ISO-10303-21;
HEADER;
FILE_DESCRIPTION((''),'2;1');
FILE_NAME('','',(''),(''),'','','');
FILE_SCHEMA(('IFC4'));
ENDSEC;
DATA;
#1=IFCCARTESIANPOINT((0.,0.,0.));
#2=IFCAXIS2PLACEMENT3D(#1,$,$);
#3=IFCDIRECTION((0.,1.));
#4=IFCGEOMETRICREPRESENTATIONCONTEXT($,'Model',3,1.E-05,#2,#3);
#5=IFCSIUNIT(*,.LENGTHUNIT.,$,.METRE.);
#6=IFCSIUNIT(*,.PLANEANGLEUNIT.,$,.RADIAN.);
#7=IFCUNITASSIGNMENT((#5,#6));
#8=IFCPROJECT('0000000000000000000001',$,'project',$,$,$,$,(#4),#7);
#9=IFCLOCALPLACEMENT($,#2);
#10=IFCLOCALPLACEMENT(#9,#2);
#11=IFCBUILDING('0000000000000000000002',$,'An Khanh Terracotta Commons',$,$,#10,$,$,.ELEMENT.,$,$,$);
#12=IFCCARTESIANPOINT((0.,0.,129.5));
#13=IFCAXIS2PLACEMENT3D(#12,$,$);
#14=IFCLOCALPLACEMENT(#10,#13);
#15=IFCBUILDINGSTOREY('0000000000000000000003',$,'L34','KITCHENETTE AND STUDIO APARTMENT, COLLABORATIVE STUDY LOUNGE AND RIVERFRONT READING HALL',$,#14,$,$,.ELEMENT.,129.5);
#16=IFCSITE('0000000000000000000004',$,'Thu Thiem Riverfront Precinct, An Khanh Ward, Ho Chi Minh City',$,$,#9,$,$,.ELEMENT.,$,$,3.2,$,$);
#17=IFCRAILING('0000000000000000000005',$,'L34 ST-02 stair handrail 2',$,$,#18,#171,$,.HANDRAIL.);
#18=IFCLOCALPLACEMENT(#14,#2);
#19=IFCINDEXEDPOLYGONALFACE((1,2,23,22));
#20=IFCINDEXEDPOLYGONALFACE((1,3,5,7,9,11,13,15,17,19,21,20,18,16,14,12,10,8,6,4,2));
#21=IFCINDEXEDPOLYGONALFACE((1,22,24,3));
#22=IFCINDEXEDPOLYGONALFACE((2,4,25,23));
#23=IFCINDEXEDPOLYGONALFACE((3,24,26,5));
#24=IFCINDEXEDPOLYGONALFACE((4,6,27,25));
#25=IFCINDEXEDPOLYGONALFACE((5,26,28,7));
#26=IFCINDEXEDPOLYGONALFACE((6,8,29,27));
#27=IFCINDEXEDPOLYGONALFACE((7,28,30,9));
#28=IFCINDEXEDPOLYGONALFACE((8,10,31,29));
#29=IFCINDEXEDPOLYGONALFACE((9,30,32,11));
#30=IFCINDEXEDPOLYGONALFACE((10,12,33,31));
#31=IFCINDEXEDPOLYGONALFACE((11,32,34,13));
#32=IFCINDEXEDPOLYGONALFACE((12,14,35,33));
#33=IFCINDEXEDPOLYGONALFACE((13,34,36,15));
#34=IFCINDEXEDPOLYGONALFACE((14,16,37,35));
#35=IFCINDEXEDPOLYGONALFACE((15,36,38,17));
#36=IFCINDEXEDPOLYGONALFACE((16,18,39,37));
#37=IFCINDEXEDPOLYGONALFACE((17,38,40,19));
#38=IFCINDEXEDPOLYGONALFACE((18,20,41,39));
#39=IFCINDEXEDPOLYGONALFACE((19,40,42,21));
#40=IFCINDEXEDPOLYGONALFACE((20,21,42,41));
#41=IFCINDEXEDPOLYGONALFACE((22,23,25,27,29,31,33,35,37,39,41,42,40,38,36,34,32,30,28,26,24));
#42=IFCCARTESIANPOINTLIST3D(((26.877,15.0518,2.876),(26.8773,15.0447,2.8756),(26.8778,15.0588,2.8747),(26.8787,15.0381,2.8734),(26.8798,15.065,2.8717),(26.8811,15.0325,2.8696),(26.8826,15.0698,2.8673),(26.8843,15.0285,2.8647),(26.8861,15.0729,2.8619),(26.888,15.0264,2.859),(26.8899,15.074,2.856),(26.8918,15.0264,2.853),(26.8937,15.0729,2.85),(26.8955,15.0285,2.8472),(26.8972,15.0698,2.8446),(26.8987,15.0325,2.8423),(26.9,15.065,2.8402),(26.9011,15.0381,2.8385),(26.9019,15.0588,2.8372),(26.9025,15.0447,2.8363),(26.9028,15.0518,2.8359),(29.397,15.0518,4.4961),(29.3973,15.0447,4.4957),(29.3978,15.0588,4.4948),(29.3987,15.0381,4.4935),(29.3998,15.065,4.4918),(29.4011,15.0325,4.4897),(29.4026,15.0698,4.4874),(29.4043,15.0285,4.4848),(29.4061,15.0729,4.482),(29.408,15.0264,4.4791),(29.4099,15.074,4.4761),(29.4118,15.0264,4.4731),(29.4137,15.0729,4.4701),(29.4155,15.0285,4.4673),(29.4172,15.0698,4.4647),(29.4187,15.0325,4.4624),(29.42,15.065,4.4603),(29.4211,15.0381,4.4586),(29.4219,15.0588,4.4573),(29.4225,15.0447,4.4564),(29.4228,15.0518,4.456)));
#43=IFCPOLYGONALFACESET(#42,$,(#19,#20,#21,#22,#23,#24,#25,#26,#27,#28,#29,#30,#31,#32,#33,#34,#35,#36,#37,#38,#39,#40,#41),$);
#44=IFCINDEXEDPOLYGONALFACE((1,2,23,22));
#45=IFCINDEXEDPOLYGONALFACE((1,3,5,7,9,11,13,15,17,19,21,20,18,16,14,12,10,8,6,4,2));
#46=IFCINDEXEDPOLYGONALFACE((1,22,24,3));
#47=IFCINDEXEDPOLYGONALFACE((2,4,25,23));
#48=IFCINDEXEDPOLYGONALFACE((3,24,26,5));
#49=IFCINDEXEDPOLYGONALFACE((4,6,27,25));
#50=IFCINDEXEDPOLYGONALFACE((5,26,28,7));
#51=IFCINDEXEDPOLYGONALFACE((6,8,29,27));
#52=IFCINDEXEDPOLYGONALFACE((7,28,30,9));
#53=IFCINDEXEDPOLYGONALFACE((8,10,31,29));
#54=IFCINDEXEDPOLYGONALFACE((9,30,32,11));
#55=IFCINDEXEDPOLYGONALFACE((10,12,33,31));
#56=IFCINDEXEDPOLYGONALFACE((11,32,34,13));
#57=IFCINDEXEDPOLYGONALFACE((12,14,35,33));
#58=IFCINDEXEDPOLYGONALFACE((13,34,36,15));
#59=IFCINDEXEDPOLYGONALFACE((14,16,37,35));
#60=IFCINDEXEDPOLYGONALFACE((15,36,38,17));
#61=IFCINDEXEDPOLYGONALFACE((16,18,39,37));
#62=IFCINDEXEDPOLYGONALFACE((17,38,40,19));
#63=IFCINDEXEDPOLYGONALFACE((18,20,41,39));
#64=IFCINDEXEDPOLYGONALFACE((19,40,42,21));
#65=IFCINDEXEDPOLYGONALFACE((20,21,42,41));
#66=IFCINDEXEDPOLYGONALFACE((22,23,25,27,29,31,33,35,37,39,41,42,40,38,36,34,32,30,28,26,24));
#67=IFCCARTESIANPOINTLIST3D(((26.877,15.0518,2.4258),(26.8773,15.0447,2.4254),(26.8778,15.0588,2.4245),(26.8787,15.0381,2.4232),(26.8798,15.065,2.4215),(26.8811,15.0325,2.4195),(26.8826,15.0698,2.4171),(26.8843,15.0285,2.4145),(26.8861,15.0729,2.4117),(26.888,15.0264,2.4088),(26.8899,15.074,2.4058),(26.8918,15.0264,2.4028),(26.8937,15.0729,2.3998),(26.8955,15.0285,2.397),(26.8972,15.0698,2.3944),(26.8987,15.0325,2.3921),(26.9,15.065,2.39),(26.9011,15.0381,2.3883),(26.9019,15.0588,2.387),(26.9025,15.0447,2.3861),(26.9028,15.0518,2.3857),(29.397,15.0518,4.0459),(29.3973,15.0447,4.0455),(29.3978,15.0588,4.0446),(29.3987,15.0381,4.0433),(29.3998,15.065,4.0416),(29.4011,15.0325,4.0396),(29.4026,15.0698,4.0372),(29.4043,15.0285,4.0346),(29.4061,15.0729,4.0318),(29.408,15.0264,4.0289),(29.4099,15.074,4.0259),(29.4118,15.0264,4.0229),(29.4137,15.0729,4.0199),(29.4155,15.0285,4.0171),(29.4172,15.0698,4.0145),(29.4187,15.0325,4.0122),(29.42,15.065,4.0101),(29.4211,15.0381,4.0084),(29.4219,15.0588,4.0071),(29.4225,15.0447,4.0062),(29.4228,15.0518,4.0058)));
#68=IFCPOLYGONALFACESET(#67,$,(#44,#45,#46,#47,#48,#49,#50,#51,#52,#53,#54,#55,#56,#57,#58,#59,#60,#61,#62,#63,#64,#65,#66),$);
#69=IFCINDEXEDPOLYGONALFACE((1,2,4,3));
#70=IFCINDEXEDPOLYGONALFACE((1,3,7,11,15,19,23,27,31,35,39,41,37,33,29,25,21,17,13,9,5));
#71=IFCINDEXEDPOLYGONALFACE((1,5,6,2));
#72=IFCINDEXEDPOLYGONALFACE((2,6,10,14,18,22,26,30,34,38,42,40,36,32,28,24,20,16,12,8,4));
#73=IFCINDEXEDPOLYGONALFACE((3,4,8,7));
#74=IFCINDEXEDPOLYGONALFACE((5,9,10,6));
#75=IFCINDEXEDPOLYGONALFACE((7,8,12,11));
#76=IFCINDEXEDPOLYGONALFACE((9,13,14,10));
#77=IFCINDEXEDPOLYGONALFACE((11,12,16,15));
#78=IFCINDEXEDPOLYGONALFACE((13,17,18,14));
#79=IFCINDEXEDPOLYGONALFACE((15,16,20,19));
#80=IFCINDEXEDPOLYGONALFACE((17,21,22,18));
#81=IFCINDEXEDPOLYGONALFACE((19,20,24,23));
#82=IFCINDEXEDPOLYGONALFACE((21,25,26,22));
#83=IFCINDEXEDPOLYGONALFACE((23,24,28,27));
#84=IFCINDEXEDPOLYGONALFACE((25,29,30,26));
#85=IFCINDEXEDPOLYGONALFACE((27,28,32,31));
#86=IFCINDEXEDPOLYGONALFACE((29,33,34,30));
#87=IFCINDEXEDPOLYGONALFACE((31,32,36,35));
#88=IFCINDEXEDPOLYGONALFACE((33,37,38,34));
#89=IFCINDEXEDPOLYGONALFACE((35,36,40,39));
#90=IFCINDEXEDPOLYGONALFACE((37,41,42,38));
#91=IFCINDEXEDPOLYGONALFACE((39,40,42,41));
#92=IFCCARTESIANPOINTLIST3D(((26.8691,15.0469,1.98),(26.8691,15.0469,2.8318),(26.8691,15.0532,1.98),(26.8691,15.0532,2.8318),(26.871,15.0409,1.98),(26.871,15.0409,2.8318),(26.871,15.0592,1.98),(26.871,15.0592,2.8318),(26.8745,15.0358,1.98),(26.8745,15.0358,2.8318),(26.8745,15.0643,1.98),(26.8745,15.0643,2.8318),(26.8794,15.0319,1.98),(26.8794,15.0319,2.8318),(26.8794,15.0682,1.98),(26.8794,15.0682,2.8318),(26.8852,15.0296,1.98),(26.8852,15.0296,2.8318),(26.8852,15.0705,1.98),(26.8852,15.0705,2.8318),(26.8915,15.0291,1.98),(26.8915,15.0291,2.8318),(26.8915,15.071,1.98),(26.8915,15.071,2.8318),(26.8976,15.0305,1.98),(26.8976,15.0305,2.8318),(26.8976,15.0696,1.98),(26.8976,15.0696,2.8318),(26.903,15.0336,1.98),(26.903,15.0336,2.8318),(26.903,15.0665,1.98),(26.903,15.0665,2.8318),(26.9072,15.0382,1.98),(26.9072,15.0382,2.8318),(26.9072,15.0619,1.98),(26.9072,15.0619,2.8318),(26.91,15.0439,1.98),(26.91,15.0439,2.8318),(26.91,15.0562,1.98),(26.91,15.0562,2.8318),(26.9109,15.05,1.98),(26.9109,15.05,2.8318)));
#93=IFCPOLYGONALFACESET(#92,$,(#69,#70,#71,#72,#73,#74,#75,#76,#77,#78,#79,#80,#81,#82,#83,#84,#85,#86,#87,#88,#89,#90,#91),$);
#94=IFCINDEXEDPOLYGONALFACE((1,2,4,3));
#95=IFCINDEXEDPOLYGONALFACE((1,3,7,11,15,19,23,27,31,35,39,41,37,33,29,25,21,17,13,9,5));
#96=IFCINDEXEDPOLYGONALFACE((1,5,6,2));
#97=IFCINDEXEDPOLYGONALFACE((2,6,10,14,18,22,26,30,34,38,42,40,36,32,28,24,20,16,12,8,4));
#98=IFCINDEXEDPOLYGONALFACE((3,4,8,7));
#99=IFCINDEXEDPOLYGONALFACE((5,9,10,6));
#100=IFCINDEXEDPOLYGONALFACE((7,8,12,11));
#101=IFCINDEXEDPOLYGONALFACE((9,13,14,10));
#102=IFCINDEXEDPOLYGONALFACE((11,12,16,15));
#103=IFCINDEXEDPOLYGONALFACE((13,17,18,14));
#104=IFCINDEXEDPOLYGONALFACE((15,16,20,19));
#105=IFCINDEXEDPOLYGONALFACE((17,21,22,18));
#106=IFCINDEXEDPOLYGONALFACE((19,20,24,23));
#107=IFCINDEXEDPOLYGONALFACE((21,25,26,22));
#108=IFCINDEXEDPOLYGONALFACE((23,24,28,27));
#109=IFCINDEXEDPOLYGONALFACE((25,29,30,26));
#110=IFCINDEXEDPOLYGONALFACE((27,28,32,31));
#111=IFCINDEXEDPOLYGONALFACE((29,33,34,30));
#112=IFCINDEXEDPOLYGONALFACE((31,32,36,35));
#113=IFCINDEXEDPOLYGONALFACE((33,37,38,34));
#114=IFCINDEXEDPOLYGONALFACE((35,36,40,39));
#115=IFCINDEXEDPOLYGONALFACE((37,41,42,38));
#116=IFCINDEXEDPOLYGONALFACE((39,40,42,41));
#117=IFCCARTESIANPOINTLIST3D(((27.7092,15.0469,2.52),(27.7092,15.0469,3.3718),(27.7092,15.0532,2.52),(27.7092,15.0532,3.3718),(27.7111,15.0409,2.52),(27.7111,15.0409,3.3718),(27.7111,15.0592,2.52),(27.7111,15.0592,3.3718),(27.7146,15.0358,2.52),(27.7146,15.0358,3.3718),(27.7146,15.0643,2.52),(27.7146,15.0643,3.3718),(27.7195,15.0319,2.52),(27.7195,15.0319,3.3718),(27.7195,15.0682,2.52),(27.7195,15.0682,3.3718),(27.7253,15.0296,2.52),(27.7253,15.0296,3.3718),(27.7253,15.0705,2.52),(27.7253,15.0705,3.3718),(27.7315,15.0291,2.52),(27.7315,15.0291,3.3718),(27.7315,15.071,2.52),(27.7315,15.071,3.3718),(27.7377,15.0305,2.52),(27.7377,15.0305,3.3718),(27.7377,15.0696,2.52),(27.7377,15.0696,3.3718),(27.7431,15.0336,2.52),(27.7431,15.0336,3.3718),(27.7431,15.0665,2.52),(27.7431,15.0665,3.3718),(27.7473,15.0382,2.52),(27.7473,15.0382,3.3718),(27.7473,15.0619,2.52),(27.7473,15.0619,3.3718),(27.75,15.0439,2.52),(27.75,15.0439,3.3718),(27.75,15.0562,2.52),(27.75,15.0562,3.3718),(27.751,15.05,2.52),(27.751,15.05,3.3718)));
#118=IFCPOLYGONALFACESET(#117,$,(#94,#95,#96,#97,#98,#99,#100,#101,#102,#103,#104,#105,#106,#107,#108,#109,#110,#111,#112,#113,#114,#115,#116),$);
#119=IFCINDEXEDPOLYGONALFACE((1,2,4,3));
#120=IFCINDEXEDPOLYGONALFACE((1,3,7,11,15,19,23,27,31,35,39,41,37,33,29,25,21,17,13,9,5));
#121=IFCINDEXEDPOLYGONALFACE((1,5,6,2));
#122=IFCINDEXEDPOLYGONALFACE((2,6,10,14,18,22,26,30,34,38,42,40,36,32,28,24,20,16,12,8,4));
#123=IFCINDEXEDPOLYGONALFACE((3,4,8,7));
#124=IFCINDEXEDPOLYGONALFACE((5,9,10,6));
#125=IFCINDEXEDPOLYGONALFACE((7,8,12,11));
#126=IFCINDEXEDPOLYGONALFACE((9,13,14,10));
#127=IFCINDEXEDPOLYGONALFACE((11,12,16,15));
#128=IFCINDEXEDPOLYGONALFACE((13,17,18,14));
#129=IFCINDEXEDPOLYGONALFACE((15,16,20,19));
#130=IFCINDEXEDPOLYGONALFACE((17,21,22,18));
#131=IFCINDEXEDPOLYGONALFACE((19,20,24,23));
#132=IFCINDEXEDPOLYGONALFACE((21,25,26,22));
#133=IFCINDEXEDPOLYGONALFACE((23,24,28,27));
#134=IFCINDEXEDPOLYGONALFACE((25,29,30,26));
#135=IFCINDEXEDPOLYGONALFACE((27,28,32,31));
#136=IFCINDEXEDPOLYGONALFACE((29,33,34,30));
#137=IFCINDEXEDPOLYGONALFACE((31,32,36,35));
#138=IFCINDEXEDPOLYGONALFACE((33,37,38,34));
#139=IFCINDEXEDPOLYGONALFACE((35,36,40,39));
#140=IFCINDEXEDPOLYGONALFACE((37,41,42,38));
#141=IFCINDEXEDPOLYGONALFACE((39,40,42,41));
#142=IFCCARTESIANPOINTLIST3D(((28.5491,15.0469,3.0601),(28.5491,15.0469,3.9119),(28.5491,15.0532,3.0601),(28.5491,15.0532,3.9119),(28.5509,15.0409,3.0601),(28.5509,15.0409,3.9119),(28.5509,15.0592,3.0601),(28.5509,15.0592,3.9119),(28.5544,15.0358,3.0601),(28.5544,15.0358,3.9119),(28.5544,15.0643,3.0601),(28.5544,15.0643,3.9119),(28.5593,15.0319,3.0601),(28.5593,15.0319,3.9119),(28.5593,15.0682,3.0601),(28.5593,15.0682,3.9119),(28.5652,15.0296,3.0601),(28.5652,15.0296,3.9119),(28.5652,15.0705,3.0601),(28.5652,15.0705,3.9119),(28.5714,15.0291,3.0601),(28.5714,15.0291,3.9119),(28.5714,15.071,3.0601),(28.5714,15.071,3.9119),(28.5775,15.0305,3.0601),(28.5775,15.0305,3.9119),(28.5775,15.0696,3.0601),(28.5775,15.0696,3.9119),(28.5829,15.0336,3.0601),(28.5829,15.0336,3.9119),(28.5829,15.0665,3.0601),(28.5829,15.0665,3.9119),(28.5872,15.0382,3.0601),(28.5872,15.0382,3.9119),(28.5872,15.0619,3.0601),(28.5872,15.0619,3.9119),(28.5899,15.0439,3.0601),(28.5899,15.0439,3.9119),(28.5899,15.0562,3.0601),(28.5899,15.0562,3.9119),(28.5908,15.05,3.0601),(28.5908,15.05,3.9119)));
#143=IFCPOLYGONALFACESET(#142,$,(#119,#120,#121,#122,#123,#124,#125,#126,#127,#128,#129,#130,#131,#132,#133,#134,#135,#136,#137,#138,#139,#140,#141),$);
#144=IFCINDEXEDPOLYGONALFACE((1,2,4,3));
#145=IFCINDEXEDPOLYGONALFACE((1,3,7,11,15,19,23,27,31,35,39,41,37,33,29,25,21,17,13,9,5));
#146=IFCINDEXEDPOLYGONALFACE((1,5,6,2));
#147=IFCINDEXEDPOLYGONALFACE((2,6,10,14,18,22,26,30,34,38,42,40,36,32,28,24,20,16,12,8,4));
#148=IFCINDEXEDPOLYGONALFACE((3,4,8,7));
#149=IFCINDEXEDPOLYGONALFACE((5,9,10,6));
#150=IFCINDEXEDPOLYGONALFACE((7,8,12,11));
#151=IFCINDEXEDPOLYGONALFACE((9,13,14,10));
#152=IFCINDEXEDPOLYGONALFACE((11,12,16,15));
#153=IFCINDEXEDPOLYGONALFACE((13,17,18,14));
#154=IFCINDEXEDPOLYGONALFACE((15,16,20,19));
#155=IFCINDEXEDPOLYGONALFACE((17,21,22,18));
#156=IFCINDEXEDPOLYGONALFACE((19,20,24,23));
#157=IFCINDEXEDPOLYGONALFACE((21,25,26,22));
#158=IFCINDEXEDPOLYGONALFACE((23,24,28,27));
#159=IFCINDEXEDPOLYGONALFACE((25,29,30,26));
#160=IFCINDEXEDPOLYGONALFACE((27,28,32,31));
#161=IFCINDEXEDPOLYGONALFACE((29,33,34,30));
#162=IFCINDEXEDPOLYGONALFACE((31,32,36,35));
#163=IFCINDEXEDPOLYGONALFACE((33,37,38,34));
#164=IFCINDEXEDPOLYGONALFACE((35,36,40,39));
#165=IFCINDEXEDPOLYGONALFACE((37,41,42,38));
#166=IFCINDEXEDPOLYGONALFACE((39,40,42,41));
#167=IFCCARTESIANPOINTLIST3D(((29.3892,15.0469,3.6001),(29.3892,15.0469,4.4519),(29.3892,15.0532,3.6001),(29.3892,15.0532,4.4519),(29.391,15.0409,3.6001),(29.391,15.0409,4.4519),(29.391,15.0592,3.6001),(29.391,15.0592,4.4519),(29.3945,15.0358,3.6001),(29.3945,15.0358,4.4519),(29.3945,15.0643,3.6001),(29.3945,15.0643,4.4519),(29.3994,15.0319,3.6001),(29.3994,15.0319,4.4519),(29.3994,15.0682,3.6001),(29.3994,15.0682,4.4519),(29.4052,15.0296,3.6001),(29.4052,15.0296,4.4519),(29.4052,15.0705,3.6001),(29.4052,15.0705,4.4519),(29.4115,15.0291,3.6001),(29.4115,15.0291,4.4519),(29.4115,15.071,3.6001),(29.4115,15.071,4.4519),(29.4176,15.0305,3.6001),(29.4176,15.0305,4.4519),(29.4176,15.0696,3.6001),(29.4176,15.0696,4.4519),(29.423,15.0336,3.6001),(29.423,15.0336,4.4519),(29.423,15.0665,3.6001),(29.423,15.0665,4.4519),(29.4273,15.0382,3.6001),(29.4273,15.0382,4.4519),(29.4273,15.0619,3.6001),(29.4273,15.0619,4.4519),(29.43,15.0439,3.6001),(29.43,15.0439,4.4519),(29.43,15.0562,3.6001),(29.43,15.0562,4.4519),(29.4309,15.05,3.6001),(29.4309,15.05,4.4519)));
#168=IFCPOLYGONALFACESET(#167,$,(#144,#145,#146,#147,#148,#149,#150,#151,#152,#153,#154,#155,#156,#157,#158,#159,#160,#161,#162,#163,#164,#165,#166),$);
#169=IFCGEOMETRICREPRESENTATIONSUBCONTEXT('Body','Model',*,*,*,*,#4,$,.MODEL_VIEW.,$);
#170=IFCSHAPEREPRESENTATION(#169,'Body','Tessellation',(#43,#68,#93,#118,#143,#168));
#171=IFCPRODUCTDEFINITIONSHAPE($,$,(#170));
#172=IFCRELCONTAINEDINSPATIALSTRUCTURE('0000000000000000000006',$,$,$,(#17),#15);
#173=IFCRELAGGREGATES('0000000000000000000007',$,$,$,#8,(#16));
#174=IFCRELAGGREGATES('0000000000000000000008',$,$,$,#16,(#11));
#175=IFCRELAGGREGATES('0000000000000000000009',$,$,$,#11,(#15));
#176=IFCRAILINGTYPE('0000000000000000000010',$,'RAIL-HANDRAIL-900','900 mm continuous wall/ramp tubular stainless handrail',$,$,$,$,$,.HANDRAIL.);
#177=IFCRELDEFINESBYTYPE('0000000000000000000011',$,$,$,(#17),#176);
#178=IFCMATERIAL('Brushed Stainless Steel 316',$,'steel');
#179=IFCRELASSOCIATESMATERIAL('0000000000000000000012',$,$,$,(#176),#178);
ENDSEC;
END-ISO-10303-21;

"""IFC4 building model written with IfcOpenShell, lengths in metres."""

from ifc_helpers import new_model, si_unit, direction, frame, origin, origin_2d, place, context, subcontext, project, spatial, circle, extrude, material, type_object, element, save


model = new_model("IFC4")

# Units and contexts
model_context = context("Model", 3, precision=1e-05, world=origin(), true_north=direction((0.0, 1.0)))
body_context = subcontext(model_context, "Body", "Model", "MODEL_VIEW")
ifc_project = project(units=[si_unit("LENGTHUNIT", "METRE"), si_unit("PLANEANGLEUNIT", "RADIAN")], contexts=[model_context])

# Site, building, storey
site_placement = place(None, origin())
site = spatial("IfcSite", under=ifc_project, at=site_placement, Name="Thu Thiem Riverfront Precinct, An Khanh Ward, Ho Chi Minh City", CompositionType="ELEMENT", RefElevation=3.2)
building_placement = place(site_placement, origin())
building = spatial("IfcBuilding", under=site, at=building_placement, Name="An Khanh Terracotta Commons", CompositionType="ELEMENT")
storey_placement = place(building_placement, frame((0.0, 0.0, 129.5)))
storey = spatial("IfcBuildingStorey", under=building, at=storey_placement, Name="L34", Description="KITCHENETTE AND STUDIO APARTMENT, COLLABORATIVE STUDY LOUNGE AND RIVERFRONT READING HALL", CompositionType="ELEMENT", Elevation=129.5)

# Railing
ifc_material_1 = material(Name="Brushed Stainless Steel 316", Category="steel")
railing_type_1 = type_object("IfcRailingType", Name="RAIL-HANDRAIL-900", Description="900 mm continuous wall/ramp tubular stainless handrail", PredefinedType="HANDRAIL", material=ifc_material_1)
railing_1_placement = place(storey_placement, frame((26.8899, 15.05, 1.98)))
element("IfcRailing", 1, at=railing_1_placement, inside=storey, type_object=railing_type_1, Name="L34 ST-02 stair handrail 2", PredefinedType="HANDRAIL", context=body_context, shape_type="SweptSolid", body=[
    extrude(circle(Radius=0.0239, at=origin_2d()), frame((0.0, 0.0, 0.876), z_axis=(0.841163, 0.0, 0.540782), x_axis=(0.0, 1.0, 0.0)), (0.0, 0.0, 1.0), 2.9958),
    extrude(circle(Radius=0.0239, at=origin_2d()), frame((0.0, 0.0, 0.4258), z_axis=(0.841163, 0.0, 0.540782), x_axis=(0.0, 1.0, 0.0)), (0.0, 0.0, 1.0), 2.9958),
    extrude(circle(Radius=0.021, at=origin_2d()), origin(), (0.0, 0.0, 1.0), 0.8518),
    extrude(circle(Radius=0.021, at=origin_2d()), frame((0.8401, 0.0, 0.54)), (0.0, 0.0, 1.0), 0.8518),
    extrude(circle(Radius=0.021, at=origin_2d()), frame((1.6799, 0.0, 1.0801)), (0.0, 0.0, 1.0), 0.8518),
    extrude(circle(Radius=0.021, at=origin_2d()), frame((2.52, 0.0, 1.6201)), (0.0, 0.0, 1.0), 0.8518),
])

save(model, "model.ifc")
